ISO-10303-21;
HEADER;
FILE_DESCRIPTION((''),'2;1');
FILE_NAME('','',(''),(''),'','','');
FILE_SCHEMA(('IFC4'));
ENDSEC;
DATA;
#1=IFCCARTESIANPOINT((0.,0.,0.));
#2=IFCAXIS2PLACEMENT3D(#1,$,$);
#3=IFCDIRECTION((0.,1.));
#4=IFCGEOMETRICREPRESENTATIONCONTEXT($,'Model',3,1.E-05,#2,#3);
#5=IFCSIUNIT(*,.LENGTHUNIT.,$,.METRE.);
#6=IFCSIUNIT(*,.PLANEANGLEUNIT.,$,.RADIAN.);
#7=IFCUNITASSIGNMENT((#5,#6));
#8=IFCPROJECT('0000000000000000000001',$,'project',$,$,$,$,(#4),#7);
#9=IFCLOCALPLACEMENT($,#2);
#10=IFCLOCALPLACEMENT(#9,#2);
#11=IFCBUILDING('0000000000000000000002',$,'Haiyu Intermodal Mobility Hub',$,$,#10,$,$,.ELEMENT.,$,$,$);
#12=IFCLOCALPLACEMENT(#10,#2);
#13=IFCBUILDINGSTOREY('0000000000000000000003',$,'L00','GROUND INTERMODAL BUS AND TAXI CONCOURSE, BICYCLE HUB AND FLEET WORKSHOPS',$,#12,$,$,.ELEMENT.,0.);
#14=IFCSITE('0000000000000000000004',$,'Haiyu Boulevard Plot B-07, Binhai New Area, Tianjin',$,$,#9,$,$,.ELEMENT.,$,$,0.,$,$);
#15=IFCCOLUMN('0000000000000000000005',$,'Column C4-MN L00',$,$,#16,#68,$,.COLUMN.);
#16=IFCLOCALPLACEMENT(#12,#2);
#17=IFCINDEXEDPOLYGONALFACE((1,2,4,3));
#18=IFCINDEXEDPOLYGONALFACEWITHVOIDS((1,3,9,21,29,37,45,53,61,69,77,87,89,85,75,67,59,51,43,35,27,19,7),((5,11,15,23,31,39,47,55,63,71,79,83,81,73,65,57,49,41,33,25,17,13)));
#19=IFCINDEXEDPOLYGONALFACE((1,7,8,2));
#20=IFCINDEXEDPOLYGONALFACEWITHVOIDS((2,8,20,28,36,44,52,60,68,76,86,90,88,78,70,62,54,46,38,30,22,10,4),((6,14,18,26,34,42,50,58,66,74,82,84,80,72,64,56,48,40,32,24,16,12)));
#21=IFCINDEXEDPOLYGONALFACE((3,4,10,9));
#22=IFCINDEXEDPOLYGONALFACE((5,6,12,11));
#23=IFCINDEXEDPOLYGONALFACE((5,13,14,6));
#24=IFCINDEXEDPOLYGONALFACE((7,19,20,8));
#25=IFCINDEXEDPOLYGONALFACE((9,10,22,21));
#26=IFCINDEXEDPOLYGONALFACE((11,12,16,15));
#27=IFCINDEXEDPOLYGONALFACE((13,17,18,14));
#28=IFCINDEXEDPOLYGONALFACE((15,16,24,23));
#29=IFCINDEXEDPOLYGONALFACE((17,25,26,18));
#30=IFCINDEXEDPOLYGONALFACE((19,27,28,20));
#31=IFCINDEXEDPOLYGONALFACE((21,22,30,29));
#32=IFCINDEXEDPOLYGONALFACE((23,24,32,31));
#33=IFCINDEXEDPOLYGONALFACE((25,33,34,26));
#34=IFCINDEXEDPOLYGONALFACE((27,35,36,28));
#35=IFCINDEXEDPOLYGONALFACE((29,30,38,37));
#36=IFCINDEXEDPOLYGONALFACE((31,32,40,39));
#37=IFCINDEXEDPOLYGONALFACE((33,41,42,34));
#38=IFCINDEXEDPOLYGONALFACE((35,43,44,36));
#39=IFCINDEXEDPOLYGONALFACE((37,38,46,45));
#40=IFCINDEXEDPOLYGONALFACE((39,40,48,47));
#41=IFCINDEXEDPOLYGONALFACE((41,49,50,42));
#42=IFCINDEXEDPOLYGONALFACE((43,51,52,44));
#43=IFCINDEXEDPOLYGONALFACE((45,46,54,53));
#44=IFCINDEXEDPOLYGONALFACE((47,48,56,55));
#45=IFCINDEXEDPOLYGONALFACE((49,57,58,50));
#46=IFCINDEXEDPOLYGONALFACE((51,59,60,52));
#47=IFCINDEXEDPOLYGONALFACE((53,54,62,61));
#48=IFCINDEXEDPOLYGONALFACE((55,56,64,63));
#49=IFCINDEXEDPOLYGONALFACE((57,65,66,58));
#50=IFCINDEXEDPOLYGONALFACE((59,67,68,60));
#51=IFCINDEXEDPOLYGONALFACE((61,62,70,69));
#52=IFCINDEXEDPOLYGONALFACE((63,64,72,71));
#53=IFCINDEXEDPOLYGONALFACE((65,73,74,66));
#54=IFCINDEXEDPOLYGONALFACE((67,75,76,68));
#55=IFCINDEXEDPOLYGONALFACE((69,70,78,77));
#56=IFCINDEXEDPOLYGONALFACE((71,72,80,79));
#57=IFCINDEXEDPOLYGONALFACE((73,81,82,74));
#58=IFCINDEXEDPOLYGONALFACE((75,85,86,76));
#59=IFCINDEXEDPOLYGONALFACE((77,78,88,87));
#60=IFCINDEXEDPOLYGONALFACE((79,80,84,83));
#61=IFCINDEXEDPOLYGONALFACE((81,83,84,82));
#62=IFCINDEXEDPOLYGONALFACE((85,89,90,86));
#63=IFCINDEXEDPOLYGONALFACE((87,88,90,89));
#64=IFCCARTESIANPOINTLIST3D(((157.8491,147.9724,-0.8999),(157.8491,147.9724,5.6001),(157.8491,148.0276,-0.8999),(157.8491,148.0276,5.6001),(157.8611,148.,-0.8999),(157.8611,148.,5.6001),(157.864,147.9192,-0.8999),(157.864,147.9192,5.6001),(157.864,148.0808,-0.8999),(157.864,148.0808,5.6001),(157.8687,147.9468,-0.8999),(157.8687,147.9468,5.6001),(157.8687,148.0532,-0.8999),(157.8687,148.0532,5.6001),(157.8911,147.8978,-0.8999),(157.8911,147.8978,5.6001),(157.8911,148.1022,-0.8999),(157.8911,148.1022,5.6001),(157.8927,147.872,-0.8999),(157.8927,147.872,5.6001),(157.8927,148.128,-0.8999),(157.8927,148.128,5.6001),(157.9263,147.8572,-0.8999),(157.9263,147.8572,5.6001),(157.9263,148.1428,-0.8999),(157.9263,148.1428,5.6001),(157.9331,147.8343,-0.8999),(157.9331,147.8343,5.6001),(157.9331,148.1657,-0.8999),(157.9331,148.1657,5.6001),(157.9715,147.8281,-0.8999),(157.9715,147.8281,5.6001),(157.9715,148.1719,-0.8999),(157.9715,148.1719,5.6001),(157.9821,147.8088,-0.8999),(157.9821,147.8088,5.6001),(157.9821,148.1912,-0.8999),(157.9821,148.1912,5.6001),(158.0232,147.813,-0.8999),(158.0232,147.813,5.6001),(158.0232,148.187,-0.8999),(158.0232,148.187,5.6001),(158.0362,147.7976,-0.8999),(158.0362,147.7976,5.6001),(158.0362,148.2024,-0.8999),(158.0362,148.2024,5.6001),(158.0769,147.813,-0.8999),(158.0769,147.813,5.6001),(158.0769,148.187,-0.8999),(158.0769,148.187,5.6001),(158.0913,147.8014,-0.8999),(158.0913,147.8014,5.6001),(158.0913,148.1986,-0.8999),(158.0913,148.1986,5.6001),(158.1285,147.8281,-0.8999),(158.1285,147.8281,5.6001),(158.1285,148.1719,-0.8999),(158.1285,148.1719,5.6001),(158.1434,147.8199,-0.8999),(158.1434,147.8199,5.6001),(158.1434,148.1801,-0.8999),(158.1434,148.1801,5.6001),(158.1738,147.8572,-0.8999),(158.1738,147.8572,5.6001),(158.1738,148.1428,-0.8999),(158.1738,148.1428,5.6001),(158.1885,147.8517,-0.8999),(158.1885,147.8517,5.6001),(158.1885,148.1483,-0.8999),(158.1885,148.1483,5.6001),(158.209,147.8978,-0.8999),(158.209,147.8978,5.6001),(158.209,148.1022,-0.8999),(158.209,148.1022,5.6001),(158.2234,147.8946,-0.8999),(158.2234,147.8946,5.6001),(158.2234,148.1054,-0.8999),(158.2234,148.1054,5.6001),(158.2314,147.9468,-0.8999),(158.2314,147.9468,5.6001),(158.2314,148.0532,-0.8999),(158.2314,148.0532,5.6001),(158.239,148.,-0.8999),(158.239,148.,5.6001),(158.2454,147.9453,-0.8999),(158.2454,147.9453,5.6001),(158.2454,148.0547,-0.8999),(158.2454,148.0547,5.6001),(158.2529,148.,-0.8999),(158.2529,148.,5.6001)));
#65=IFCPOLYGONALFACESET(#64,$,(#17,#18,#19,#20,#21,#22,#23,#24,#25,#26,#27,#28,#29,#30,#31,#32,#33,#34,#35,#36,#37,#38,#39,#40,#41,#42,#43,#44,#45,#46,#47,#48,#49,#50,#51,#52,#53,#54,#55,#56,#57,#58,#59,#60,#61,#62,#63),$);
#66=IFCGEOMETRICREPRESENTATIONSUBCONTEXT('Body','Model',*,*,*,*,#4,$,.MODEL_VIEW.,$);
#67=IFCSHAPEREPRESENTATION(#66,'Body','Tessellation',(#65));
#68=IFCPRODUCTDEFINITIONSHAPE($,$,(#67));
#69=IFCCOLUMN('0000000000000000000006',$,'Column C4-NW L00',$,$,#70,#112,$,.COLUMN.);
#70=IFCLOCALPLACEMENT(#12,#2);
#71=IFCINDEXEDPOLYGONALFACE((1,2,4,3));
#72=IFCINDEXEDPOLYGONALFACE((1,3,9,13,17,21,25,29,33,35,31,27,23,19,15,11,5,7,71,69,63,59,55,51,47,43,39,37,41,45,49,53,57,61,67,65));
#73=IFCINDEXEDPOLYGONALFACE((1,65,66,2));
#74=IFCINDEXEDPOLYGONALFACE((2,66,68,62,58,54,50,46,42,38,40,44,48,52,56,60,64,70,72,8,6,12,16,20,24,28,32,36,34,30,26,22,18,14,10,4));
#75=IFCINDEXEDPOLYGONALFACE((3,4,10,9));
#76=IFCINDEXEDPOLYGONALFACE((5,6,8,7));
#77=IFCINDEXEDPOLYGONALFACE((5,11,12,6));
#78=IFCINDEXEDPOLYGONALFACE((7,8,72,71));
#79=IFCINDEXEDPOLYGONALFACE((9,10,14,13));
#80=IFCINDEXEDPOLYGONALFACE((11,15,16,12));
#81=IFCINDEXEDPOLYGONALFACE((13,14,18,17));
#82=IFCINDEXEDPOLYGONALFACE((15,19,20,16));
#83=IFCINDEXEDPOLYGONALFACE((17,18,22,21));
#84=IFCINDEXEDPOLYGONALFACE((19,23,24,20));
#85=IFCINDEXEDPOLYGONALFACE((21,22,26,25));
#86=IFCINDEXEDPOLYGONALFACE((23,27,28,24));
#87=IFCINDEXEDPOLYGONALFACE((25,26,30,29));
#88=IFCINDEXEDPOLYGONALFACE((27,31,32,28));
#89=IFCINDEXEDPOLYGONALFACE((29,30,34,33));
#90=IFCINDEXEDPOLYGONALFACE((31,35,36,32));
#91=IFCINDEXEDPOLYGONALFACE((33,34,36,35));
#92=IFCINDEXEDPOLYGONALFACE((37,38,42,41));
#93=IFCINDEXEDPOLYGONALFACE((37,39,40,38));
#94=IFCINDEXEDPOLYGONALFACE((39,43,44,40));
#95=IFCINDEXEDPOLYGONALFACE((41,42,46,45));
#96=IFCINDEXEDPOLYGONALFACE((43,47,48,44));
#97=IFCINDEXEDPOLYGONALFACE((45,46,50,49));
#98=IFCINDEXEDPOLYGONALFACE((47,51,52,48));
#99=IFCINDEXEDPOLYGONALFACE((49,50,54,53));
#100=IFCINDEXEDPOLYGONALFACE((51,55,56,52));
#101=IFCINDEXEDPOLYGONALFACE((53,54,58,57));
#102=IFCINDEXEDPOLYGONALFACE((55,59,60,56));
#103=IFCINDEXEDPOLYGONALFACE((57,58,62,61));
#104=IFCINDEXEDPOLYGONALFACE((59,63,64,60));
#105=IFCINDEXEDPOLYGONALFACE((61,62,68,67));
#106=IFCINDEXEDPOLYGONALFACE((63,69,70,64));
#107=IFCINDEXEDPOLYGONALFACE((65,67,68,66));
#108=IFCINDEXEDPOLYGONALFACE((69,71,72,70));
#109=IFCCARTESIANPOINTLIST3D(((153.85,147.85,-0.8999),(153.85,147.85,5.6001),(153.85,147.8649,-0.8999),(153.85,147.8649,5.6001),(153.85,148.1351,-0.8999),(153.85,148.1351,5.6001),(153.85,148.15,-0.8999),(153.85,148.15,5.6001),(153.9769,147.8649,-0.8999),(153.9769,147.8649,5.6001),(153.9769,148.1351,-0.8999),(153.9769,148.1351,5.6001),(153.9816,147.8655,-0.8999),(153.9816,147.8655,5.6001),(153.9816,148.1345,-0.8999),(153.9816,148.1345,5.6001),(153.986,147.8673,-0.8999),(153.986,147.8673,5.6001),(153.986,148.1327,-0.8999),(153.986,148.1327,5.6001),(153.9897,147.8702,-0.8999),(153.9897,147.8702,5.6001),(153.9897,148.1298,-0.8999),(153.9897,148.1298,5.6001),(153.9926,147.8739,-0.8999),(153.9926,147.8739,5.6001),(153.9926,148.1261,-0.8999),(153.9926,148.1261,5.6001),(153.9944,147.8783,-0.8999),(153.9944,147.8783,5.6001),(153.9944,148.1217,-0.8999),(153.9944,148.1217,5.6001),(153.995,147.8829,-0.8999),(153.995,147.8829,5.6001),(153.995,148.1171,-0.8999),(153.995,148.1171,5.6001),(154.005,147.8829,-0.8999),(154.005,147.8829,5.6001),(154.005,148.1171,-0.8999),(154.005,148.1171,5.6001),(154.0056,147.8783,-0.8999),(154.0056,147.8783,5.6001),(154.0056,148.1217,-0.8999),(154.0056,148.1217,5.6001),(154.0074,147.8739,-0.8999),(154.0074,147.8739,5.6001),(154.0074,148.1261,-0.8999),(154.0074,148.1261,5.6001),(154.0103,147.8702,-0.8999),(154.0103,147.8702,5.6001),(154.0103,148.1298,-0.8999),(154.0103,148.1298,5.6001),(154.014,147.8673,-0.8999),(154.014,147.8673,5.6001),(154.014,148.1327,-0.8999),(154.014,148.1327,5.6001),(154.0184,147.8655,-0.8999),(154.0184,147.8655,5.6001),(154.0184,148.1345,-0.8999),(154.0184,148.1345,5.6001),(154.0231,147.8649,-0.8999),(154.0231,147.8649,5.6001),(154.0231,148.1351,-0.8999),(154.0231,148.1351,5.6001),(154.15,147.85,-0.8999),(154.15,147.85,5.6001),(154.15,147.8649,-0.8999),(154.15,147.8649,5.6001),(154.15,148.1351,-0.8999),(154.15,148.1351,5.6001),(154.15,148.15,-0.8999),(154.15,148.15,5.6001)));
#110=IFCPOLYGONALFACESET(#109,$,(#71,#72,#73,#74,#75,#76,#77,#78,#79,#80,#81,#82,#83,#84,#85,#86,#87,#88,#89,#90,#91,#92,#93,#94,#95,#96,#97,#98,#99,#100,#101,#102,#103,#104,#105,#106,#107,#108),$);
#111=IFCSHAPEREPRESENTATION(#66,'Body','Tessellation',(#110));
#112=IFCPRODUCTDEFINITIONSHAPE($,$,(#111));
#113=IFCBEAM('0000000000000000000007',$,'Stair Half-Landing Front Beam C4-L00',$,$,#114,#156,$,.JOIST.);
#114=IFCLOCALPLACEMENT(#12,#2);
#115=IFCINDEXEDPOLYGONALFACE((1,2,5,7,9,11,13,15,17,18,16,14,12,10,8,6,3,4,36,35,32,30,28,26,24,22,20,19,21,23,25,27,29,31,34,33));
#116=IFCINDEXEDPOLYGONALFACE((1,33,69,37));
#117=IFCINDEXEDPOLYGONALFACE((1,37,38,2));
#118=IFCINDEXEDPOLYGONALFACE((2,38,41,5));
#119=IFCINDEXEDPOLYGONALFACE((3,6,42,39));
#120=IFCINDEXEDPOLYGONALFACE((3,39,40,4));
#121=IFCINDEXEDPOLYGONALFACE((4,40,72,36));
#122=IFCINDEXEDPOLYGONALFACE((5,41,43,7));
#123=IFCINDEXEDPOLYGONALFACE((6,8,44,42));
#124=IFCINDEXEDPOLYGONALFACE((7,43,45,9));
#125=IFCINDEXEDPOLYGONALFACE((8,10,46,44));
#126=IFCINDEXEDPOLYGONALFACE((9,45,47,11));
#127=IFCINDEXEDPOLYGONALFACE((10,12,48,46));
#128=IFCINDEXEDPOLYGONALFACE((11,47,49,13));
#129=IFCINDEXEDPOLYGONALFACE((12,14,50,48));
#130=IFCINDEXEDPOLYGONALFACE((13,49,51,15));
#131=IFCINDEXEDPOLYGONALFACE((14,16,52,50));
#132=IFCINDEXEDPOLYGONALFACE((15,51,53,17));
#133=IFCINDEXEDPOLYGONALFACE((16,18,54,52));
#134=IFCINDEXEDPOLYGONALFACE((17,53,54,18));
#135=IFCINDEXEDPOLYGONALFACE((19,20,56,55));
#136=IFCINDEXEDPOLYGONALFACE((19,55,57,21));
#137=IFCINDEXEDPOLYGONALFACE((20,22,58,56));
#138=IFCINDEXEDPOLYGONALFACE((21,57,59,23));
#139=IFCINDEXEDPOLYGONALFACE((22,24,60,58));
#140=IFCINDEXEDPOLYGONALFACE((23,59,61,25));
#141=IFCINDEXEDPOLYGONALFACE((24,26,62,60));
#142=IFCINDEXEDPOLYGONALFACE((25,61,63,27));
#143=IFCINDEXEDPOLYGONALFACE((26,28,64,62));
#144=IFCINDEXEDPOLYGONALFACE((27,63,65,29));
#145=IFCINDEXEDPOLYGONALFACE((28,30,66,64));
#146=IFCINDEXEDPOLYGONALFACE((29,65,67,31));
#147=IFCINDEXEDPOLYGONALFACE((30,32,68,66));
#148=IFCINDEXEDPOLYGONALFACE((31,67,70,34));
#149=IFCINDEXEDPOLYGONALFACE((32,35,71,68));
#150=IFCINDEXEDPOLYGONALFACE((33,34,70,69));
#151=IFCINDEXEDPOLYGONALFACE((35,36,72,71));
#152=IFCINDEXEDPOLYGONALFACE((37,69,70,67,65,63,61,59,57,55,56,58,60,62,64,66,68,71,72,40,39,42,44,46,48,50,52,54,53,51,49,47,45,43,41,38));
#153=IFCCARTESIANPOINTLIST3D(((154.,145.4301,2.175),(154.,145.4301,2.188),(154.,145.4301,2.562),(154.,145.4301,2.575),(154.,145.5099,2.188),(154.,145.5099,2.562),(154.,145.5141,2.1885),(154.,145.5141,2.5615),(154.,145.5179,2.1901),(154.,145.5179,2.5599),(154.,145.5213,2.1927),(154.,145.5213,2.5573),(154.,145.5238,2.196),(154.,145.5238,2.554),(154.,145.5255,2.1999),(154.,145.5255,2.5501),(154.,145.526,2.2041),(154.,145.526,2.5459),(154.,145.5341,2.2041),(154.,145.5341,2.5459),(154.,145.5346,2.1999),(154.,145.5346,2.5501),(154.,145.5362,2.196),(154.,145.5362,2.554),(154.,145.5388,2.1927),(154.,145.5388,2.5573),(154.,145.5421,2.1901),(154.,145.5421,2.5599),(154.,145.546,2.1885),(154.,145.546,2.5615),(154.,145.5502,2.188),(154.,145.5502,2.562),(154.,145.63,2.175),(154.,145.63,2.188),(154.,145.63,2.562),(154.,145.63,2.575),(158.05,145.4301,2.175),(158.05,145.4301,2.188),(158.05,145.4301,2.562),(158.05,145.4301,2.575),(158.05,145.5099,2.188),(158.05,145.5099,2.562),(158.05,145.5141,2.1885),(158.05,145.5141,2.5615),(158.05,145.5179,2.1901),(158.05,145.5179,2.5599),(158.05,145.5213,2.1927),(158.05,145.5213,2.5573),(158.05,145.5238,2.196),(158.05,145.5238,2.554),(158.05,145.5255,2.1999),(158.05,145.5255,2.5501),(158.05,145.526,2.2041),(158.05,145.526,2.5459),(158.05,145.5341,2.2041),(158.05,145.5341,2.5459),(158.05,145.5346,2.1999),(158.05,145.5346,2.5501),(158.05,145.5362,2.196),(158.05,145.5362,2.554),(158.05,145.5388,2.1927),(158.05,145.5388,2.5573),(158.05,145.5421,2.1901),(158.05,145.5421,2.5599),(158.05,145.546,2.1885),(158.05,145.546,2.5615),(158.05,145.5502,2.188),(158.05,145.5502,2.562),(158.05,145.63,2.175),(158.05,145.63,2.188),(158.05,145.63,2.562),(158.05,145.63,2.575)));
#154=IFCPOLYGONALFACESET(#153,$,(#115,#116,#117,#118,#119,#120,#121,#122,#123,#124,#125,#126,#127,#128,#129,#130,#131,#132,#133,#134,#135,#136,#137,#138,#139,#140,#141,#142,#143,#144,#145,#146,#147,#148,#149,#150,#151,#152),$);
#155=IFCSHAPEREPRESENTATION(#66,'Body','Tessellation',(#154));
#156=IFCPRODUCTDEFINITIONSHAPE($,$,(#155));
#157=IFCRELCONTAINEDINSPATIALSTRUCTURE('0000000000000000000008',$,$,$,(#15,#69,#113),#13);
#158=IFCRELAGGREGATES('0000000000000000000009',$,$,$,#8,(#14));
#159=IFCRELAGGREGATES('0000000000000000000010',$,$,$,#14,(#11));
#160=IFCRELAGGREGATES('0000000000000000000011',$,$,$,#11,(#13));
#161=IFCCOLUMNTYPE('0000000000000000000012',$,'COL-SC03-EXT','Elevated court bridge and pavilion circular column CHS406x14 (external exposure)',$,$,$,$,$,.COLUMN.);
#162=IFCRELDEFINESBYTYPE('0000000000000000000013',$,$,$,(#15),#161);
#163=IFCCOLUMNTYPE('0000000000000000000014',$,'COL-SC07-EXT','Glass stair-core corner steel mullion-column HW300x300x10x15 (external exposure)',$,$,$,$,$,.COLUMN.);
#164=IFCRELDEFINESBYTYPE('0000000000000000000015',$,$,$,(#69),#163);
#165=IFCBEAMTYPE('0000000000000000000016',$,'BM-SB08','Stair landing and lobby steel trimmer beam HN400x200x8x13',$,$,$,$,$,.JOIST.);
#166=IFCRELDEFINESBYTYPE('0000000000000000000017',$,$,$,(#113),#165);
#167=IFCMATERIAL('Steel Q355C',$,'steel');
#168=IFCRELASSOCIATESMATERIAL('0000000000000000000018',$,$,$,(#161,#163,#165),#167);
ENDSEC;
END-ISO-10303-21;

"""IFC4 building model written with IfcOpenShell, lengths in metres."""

from ifc_helpers import new_model, si_unit, direction, frame, origin, origin_2d, place, context, subcontext, project, spatial, hollow_circle, i_section, extrude, material, material_profile, profile_set, type_object, element, save


model = new_model("IFC4")

# Units and contexts
model_context = context("Model", 3, precision=1e-05, world=origin(), true_north=direction((0.0, 1.0)))
body_context = subcontext(model_context, "Body", "Model", "MODEL_VIEW")
ifc_project = project(units=[si_unit("LENGTHUNIT", "METRE"), si_unit("PLANEANGLEUNIT", "RADIAN")], contexts=[model_context])

# Site, building, storey
site_placement = place(None, origin())
site = spatial("IfcSite", under=ifc_project, at=site_placement, Name="Haiyu Boulevard Plot B-07, Binhai New Area, Tianjin", CompositionType="ELEMENT", RefElevation=0.0)
building_placement = place(site_placement, origin())
building = spatial("IfcBuilding", under=site, at=building_placement, Name="Haiyu Intermodal Mobility Hub", CompositionType="ELEMENT")
storey_placement = place(building_placement, origin())
storey = spatial("IfcBuildingStorey", under=building, at=storey_placement, Name="L00", Description="GROUND INTERMODAL BUS AND TAXI CONCOURSE, BICYCLE HUB AND FLEET WORKSHOPS", CompositionType="ELEMENT", Elevation=0.0)

# Columns
ifc_material_1 = material(Name="Steel Q355C", Category="steel")
ifc_material_profile_1 = material_profile(ifc_material_1, hollow_circle(Radius=0.2029, WallThickness=0.0139, at=origin_2d()), Name="CHS406x14")
ifc_profile_set_1 = profile_set([ifc_material_profile_1], Name="Steel Q355C")
column_type_1 = type_object("IfcColumnType", Name="COL-SC03-EXT", Description="Elevated court bridge and pavilion circular column CHS406x14 (external exposure)", PredefinedType="COLUMN", material=ifc_profile_set_1)
column_1_placement = place(storey_placement, frame((158.05, 148.0, -0.8999), z_axis=(0.0, 0.0, 1.0), x_axis=(1.0, 0.0, 0.0)))
element("IfcColumn", 1, at=column_1_placement, inside=storey, type_object=column_type_1, Name="Column C4-MN L00", PredefinedType="COLUMN", context=body_context, shape_type="SweptSolid", body=[
    extrude(hollow_circle(Radius=0.2029, WallThickness=0.0139, at=origin_2d()), origin(), (0.0, 0.0, 1.0), 6.5),
])
ifc_material_profile_2 = material_profile(ifc_material_1, i_section(OverallWidth=0.3, OverallDepth=0.3, WebThickness=0.01, FlangeThickness=0.0149, FilletRadius=0.0181, at=origin_2d()), Name="HW300x300x10x15")
ifc_profile_set_2 = profile_set([ifc_material_profile_2], Name="Steel Q355C")
column_type_2 = type_object("IfcColumnType", Name="COL-SC07-EXT", Description="Glass stair-core corner steel mullion-column HW300x300x10x15 (external exposure)", PredefinedType="COLUMN", material=ifc_profile_set_2)
column_2_placement = place(storey_placement, frame((154.0, 148.0, -0.8999), z_axis=(0.0, 0.0, 1.0), x_axis=(1.0, 0.0, 0.0)))
element("IfcColumn", 2, at=column_2_placement, inside=storey, type_object=column_type_2, Name="Column C4-NW L00", PredefinedType="COLUMN", context=body_context, shape_type="SweptSolid", body=[
    extrude(i_section(OverallWidth=0.3, OverallDepth=0.3, WebThickness=0.01, FlangeThickness=0.0149, FilletRadius=0.0181, at=origin_2d()), origin(), (0.0, 0.0, 1.0), 6.5),
])

# Beam
ifc_material_profile_3 = material_profile(ifc_material_1, i_section(OverallWidth=0.2, OverallDepth=0.3999, WebThickness=0.0081, FlangeThickness=0.0129, FilletRadius=0.0161, at=origin_2d()), Name="HN400x200x8x13")
ifc_profile_set_3 = profile_set([ifc_material_profile_3], Name="Steel Q355C")
beam_type = type_object("IfcBeamType", Name="BM-SB08", Description="Stair landing and lobby steel trimmer beam HN400x200x8x13", PredefinedType="JOIST", material=ifc_profile_set_3)
for number, where, z_axis, x_axis, name in (
    (3, (154.0, 145.53, 2.375), (1.0, 0.0, 0.0), (0.0, 1.0, 0.0), "Stair Half-Landing Front Beam C4-L00"),
):
    element("IfcBeam", number, at=place(storey_placement, frame(where, z_axis=z_axis, x_axis=x_axis)), inside=storey, type_object=beam_type, Name=name, PredefinedType="JOIST", context=body_context, shape_type="SweptSolid", body=[
        extrude(i_section(OverallWidth=0.2, OverallDepth=0.3999, WebThickness=0.0081, FlangeThickness=0.0129, FilletRadius=0.0161, at=origin_2d()), origin(), (0.0, 0.0, 1.0), 4.05),
    ])

save(model, "model.ifc")
